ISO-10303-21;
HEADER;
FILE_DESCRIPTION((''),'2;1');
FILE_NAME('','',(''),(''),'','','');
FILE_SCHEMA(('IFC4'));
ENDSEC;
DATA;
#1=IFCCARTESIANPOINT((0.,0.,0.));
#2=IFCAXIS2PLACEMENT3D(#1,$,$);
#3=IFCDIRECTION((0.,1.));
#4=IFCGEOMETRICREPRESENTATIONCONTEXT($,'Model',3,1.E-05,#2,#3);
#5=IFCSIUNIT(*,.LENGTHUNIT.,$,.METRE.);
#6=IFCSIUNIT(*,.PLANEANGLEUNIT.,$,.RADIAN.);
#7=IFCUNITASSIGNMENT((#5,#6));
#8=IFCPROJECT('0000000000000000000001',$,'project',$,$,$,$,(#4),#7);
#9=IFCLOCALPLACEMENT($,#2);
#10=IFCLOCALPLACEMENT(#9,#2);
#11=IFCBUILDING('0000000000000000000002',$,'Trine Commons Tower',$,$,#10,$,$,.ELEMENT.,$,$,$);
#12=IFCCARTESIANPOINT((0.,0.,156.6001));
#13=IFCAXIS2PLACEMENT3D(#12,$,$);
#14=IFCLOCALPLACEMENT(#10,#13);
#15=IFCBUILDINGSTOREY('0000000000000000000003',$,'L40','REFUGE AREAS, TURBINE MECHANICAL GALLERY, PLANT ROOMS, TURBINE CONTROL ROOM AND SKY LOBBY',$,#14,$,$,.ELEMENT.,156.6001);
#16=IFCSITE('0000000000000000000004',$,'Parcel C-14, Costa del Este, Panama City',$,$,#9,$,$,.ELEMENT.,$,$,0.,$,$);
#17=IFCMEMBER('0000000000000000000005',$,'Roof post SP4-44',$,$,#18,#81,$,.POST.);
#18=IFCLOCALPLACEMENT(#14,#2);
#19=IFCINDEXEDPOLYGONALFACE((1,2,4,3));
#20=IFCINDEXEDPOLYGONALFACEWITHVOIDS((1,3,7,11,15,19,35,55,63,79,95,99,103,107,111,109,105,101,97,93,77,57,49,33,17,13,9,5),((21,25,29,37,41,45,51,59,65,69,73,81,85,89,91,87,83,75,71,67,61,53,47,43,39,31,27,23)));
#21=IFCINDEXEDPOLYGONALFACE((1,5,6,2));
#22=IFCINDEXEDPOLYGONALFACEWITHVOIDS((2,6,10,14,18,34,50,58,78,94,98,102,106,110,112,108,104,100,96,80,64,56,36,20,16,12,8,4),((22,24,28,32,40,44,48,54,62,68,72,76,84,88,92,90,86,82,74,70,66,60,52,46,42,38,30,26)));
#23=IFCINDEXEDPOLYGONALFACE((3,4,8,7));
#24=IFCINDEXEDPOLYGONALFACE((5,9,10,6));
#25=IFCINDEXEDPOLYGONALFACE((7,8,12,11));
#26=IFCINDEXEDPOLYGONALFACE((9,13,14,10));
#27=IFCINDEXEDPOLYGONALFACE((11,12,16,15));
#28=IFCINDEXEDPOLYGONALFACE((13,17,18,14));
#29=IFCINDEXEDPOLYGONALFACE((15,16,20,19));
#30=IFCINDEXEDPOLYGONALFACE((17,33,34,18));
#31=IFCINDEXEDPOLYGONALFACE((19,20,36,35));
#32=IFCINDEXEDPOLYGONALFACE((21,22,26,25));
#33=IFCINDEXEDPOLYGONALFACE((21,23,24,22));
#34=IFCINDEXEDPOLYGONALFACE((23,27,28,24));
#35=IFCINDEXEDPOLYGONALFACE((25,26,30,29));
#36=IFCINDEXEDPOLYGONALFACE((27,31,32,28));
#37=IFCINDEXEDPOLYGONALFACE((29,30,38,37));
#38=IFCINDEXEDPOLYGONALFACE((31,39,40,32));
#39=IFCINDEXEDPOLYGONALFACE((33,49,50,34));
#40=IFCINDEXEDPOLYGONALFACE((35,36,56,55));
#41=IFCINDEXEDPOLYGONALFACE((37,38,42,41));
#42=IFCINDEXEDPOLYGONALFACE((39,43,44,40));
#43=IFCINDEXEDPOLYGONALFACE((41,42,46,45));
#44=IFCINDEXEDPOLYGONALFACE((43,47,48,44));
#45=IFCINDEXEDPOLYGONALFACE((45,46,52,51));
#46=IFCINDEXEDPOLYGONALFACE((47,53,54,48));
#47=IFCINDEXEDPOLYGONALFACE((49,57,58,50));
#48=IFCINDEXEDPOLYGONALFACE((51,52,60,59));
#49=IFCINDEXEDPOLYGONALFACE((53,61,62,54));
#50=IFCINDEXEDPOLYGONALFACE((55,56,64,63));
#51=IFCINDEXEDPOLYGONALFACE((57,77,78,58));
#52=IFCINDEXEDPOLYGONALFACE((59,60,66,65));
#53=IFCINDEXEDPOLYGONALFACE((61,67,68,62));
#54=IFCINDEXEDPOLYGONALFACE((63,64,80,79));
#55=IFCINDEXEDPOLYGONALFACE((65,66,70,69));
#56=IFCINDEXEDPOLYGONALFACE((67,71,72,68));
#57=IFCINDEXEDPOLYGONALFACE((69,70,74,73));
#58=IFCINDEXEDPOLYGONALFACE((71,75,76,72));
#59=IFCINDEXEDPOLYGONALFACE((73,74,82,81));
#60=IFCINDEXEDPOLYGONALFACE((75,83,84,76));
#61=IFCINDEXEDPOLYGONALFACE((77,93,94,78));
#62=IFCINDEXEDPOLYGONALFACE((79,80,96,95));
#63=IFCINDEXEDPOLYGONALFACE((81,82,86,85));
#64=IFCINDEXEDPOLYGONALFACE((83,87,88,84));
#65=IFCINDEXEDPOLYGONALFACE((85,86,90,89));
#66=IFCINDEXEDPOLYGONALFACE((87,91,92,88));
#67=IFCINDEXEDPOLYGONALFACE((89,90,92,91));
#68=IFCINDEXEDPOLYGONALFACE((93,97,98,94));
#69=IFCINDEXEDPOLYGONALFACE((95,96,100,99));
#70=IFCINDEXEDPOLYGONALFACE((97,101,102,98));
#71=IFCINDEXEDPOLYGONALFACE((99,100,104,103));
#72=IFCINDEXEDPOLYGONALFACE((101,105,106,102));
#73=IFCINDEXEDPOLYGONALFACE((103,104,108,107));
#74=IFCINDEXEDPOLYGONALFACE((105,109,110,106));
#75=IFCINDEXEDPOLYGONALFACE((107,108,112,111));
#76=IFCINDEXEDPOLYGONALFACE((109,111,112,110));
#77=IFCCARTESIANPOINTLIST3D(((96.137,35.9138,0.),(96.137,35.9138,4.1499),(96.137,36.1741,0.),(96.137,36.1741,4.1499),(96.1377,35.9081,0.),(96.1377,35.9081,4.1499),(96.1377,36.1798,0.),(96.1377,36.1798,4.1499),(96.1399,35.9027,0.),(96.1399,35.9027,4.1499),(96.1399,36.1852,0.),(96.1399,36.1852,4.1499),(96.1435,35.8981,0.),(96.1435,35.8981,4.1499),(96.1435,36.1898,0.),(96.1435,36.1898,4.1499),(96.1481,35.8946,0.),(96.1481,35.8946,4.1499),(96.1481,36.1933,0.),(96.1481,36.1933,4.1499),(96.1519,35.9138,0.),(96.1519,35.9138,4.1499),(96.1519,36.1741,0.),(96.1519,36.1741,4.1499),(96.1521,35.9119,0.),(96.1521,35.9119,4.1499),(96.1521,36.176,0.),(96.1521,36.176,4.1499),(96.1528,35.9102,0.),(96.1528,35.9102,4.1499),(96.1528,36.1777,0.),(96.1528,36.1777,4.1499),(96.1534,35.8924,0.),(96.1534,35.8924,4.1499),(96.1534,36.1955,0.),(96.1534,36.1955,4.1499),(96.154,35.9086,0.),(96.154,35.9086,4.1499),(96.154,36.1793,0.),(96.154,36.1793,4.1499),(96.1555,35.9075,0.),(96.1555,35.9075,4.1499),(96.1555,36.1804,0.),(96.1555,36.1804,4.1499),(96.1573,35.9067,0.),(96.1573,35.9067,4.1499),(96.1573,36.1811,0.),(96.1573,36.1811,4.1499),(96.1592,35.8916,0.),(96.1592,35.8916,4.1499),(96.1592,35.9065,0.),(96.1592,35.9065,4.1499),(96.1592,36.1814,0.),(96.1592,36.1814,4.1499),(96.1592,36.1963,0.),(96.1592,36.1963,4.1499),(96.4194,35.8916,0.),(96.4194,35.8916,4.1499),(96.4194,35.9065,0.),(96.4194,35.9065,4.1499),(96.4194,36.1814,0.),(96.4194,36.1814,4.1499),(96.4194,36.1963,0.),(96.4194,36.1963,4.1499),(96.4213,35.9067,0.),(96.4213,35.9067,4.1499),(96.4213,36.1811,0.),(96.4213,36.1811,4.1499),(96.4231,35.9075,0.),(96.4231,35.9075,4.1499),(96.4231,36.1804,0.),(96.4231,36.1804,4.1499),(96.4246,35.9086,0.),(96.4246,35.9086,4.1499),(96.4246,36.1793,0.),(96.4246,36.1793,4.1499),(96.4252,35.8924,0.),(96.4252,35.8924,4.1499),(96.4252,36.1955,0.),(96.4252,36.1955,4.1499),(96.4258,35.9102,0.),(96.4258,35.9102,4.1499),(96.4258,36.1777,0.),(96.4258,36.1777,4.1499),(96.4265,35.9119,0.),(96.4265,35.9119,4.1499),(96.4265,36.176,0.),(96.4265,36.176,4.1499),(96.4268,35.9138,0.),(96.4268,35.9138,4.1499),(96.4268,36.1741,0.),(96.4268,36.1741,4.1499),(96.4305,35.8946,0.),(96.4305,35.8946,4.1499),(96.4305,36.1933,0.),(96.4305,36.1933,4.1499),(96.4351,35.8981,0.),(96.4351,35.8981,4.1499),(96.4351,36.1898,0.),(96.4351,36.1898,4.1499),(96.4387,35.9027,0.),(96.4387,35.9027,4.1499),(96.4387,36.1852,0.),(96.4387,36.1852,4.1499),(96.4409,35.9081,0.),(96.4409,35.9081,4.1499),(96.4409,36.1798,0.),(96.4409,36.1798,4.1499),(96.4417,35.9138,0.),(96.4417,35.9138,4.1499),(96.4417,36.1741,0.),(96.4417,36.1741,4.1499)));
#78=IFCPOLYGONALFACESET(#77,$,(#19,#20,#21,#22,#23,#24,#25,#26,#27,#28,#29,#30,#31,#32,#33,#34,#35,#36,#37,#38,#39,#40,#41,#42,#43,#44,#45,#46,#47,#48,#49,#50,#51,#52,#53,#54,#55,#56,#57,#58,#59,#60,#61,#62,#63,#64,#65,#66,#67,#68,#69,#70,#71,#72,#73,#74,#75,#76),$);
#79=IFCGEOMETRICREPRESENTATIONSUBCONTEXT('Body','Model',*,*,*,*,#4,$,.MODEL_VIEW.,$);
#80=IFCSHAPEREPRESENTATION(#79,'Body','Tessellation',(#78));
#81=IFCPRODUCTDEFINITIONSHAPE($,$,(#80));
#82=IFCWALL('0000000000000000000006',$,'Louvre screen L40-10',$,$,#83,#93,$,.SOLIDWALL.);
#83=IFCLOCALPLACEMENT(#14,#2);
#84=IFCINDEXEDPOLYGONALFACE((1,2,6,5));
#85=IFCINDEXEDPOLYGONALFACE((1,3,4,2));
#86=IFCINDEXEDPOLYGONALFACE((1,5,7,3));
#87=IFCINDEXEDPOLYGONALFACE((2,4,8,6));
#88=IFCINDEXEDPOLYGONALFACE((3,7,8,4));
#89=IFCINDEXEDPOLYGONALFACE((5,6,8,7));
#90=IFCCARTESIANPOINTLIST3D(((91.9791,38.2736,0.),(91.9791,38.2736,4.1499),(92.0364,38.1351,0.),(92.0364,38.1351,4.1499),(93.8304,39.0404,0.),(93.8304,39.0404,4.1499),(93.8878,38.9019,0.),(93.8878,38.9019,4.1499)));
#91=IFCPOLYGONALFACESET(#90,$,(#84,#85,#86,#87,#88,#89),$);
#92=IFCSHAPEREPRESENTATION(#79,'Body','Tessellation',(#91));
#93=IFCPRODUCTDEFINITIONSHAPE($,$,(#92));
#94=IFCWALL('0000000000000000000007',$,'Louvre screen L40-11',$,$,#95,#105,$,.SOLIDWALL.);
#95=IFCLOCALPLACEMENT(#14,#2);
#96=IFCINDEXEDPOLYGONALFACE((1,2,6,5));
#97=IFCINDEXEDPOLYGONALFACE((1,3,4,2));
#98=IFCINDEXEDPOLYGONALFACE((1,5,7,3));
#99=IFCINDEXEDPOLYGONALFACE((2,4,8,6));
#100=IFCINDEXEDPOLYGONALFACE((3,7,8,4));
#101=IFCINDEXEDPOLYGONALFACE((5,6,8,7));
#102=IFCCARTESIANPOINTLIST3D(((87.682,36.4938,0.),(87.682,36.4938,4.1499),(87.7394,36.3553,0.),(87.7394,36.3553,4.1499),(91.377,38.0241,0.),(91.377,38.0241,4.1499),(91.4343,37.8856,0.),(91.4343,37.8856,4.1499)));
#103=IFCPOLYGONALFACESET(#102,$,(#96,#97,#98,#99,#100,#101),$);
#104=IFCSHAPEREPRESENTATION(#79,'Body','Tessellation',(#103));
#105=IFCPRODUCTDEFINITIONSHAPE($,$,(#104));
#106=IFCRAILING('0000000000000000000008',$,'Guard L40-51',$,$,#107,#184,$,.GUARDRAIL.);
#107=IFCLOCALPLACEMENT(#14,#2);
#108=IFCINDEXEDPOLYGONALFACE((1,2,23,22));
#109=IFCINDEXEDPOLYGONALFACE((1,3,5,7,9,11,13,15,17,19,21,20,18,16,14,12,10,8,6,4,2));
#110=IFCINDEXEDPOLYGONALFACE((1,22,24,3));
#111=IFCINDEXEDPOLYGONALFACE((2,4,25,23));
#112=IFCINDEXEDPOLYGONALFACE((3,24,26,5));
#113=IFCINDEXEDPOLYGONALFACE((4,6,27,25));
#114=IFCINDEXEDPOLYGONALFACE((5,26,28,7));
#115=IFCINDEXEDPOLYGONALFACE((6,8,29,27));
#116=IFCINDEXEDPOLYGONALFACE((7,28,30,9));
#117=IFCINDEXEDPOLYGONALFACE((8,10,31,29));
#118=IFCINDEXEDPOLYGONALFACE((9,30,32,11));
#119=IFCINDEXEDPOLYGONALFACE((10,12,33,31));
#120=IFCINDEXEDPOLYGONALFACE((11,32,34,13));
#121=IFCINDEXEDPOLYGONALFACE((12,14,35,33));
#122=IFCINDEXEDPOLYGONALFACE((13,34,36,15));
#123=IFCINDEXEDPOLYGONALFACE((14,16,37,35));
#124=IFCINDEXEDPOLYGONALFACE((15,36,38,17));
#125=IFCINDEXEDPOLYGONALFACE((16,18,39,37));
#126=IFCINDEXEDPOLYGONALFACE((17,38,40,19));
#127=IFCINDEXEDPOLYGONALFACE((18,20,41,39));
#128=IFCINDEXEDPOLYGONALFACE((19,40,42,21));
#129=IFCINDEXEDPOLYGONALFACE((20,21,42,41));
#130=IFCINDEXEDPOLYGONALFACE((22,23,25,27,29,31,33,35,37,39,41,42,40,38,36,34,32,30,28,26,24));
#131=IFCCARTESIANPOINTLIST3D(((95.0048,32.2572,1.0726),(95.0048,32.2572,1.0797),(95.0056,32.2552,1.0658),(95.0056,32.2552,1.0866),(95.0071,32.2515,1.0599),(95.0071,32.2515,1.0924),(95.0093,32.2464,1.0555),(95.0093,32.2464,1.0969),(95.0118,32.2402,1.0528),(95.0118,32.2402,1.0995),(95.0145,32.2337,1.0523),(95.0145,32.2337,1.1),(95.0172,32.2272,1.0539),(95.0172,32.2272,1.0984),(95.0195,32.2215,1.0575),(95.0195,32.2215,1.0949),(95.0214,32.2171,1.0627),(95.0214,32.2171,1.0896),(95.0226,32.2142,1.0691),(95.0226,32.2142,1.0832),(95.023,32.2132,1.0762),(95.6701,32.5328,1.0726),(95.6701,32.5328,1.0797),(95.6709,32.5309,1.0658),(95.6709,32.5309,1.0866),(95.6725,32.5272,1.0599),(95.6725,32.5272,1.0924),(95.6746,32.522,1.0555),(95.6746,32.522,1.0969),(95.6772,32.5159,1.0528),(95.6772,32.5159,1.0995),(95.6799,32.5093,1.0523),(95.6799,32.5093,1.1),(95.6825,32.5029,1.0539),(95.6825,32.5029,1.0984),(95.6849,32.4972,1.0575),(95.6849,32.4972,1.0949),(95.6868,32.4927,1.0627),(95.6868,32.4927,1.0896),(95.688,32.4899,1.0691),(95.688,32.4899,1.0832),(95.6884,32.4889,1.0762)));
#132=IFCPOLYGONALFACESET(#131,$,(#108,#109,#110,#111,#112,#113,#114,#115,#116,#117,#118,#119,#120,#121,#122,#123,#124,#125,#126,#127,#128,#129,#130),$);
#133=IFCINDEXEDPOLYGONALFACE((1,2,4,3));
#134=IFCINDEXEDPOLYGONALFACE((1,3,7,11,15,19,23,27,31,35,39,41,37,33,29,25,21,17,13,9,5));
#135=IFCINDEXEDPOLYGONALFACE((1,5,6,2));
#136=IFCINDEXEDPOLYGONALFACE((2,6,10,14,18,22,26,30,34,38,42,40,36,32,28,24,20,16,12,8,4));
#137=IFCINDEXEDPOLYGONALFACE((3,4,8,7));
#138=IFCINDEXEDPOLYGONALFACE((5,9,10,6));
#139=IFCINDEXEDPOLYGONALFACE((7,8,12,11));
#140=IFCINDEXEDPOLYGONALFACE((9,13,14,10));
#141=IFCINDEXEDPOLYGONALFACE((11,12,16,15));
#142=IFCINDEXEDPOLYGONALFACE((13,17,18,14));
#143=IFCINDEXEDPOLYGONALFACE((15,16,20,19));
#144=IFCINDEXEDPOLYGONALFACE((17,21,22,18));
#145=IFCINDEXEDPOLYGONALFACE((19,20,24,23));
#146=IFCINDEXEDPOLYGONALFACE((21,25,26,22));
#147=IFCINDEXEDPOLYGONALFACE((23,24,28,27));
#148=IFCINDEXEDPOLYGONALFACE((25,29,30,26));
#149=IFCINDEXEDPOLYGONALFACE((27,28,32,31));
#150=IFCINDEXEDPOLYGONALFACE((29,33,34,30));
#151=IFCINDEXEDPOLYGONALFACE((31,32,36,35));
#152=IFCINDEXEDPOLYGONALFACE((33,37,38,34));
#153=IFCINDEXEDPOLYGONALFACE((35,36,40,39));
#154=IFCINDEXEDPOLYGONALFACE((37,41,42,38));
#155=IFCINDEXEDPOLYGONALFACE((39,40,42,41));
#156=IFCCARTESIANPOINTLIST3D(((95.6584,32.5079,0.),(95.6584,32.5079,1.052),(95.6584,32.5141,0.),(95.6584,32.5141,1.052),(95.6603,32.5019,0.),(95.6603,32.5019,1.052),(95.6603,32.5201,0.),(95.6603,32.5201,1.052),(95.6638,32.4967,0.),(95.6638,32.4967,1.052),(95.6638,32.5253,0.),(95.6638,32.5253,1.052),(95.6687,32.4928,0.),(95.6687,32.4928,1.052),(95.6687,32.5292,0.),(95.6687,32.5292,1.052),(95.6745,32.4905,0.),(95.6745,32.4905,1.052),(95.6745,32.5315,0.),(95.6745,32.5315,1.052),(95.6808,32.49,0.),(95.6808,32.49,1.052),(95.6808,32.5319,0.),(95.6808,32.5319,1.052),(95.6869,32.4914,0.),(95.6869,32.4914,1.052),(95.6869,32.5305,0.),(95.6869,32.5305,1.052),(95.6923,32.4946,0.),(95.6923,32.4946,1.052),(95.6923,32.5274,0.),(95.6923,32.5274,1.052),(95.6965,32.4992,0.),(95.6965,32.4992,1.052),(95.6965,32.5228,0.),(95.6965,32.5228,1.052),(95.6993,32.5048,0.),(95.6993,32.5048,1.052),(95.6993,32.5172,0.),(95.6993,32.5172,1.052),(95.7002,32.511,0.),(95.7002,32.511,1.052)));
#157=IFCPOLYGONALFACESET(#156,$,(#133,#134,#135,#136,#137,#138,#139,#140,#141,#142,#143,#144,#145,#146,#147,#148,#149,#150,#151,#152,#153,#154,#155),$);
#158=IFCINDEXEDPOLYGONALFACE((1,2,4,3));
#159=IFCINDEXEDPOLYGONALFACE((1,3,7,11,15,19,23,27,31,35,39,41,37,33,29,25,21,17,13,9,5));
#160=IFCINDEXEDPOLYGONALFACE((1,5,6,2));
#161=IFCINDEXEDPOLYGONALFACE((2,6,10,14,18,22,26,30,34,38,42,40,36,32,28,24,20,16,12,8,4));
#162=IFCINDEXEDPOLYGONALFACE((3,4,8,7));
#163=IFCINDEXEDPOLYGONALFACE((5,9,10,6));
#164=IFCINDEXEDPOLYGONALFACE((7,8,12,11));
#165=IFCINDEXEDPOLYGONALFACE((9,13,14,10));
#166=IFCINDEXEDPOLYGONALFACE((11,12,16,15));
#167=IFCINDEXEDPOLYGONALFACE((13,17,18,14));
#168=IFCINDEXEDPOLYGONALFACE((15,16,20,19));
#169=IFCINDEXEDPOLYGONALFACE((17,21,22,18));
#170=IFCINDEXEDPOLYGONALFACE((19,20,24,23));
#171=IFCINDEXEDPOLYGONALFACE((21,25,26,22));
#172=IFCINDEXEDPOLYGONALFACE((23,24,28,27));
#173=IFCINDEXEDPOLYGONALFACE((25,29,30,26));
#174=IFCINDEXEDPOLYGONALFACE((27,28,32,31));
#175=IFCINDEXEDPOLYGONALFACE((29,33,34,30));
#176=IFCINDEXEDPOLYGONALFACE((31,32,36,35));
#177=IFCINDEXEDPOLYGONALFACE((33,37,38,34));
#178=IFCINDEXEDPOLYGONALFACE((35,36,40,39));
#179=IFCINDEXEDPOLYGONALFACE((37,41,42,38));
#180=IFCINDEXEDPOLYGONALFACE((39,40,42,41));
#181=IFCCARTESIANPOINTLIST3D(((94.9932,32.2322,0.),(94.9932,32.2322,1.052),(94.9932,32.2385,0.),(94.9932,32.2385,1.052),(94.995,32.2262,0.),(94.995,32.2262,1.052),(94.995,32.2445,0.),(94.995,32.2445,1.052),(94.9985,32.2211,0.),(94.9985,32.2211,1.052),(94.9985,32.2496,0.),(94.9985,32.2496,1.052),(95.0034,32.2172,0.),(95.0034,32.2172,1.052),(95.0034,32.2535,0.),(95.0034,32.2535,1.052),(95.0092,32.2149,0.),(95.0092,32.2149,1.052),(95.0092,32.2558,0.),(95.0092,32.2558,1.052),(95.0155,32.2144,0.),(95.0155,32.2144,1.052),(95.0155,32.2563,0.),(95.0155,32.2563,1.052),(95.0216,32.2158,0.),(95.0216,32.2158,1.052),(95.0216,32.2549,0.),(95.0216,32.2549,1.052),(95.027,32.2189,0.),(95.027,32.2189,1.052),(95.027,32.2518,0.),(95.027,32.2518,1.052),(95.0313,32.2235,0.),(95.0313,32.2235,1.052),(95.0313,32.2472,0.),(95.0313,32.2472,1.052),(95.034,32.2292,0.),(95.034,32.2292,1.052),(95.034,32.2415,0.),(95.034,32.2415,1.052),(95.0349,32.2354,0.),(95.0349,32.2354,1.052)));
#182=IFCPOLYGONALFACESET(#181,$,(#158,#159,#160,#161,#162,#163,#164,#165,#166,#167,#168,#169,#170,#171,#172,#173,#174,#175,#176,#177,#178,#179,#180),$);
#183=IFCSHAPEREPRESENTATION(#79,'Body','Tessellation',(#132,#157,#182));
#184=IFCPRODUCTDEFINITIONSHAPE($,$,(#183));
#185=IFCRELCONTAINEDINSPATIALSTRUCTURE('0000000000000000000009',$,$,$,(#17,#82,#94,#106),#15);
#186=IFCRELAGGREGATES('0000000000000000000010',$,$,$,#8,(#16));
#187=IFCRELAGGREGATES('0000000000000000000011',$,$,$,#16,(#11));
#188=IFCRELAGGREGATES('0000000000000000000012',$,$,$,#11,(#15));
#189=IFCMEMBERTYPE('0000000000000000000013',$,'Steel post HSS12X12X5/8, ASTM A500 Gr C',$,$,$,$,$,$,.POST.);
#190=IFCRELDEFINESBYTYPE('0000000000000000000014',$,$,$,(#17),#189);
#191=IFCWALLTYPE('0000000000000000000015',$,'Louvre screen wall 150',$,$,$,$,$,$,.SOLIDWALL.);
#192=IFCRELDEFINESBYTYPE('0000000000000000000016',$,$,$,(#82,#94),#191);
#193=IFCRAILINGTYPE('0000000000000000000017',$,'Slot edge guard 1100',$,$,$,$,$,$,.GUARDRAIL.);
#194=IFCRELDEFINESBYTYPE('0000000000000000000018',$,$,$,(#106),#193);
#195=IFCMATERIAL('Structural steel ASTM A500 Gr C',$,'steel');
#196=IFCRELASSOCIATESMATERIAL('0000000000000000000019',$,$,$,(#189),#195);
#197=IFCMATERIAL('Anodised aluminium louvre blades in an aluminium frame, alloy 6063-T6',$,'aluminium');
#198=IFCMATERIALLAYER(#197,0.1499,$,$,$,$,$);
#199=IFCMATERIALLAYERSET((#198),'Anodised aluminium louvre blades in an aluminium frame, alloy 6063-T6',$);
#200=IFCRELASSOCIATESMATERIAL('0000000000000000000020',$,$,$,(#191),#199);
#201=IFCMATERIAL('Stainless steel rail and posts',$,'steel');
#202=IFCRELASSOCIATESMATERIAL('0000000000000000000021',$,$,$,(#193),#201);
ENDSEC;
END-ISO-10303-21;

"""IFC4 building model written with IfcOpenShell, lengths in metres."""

from ifc_helpers import new_model, si_unit, direction, frame, frame_2d, origin, origin_2d, place, context, subcontext, project, spatial, rectangle, hollow_rectangle, circle, extrude, material, layer, layer_set, material_profile, profile_set, type_object, element, save


model = new_model("IFC4")

# Units and contexts
model_context = context("Model", 3, precision=1e-05, world=origin(), true_north=direction((0.0, 1.0)))
body_context = subcontext(model_context, "Body", "Model", "MODEL_VIEW")
ifc_project = project(units=[si_unit("LENGTHUNIT", "METRE"), si_unit("PLANEANGLEUNIT", "RADIAN")], contexts=[model_context])

# Site, building, storey
site_placement = place(None, origin())
site = spatial("IfcSite", under=ifc_project, at=site_placement, Name="Parcel C-14, Costa del Este, Panama City", CompositionType="ELEMENT", RefElevation=0.0)
building_placement = place(site_placement, origin())
building = spatial("IfcBuilding", under=site, at=building_placement, Name="Trine Commons Tower", CompositionType="ELEMENT")
storey_placement = place(building_placement, frame((0.0, 0.0, 156.6001)))
storey = spatial("IfcBuildingStorey", under=building, at=storey_placement, Name="L40", Description="REFUGE AREAS, TURBINE MECHANICAL GALLERY, PLANT ROOMS, TURBINE CONTROL ROOM AND SKY LOBBY", CompositionType="ELEMENT", Elevation=156.6001)

# Member
ifc_material_1 = material(Name="Structural steel ASTM A500 Gr C", Category="steel")
ifc_material_profile_1 = material_profile(ifc_material_1, hollow_rectangle(XDim=0.3047, YDim=0.3047, WallThickness=0.0149, InnerFilletRadius=0.0073, OuterFilletRadius=0.0222, at=origin_2d()), Name="HSS12X12X5/8")
ifc_profile_set_1 = profile_set([ifc_material_profile_1], Name="Structural steel ASTM A500 Gr C")
member_type_1 = type_object("IfcMemberType", Name="Steel post HSS12X12X5/8, ASTM A500 Gr C", PredefinedType="POST", material=ifc_profile_set_1)
for number, where, z_axis, x_axis, name in (
    (1, (96.2893, 36.0439, 0.0), (0.0, 0.0, 1.0), (1.0, 0.0, 0.0), "Roof post SP4-44"),
):
    element("IfcMember", number, at=place(storey_placement, frame(where, z_axis=z_axis, x_axis=x_axis)), inside=storey, type_object=member_type_1, Name=name, PredefinedType="POST", context=body_context, shape_type="SweptSolid", body=[
        extrude(hollow_rectangle(XDim=0.3047, YDim=0.3047, WallThickness=0.0149, InnerFilletRadius=0.0073, OuterFilletRadius=0.0222, at=origin_2d()), origin(), (0.0, 0.0, 1.0), 4.1499),
    ])

# Walls
ifc_material_2 = material(Name="Anodised aluminium louvre blades in an aluminium frame, alloy 6063-T6", Category="aluminium")
ifc_layer = layer(ifc_material_2, 0.1499)
ifc_layer_set = layer_set([ifc_layer], Name="Anodised aluminium louvre blades in an aluminium frame, alloy 6063-T6")
wall_type = type_object("IfcWallType", Name="Louvre screen wall 150", PredefinedType="SOLIDWALL", material=ifc_layer_set)
wall_1_placement = place(storey_placement, frame((93.8591, 38.9712, 0.0), z_axis=(0.0, 0.0, 1.0), x_axis=(-0.923879, -0.382685, 0.0)))
element("IfcWall", 2, at=wall_1_placement, inside=storey, type_object=wall_type, Name="Louvre screen L40-10", PredefinedType="SOLIDWALL", context=body_context, shape_type="SweptSolid", body=[
    extrude(rectangle(XDim=2.0039, YDim=0.1499, at=frame_2d((1.002, 0.0))), origin(), (0.0, 0.0, 1.0), 4.1499),
])
wall_2_placement = place(storey_placement, frame((91.4055, 37.9548, 0.0), z_axis=(0.0, 0.0, 1.0), x_axis=(-0.923895, -0.382647, 0.0)))
element("IfcWall", 3, at=wall_2_placement, inside=storey, type_object=wall_type, Name="Louvre screen L40-11", PredefinedType="SOLIDWALL", context=body_context, shape_type="SweptSolid", body=[
    extrude(rectangle(XDim=3.9993, YDim=0.1499, at=frame_2d((1.9995, 0.0))), origin(), (0.0, 0.0, 1.0), 4.1499),
])

# Railing
ifc_material_3 = material(Name="Stainless steel rail and posts", Category="steel")
railing_type = type_object("IfcRailingType", Name="Slot edge guard 1100", PredefinedType="GUARDRAIL", material=ifc_material_3)
railing_1_placement = place(storey_placement, frame((95.6792, 32.511, 0.0)))
element("IfcRailing", 4, at=railing_1_placement, inside=storey, type_object=railing_type, Name="Guard L40-51", PredefinedType="GUARDRAIL", context=body_context, shape_type="SweptSolid", body=[
    extrude(circle(Radius=0.0239, at=origin_2d()), frame((0.0, 0.0, 1.0762), z_axis=(-0.923847, -0.382761, 0.0), x_axis=(0.382761, -0.923847, 0.0)), (0.0, 0.0, 1.0), 0.7202),
    extrude(circle(Radius=0.021, at=origin_2d()), origin(), (0.0, 0.0, 1.0), 1.052),
    extrude(circle(Radius=0.021, at=origin_2d()), frame((-0.6653, -0.2756, 0.0)), (0.0, 0.0, 1.0), 1.052),
])

save(model, "model.ifc")
